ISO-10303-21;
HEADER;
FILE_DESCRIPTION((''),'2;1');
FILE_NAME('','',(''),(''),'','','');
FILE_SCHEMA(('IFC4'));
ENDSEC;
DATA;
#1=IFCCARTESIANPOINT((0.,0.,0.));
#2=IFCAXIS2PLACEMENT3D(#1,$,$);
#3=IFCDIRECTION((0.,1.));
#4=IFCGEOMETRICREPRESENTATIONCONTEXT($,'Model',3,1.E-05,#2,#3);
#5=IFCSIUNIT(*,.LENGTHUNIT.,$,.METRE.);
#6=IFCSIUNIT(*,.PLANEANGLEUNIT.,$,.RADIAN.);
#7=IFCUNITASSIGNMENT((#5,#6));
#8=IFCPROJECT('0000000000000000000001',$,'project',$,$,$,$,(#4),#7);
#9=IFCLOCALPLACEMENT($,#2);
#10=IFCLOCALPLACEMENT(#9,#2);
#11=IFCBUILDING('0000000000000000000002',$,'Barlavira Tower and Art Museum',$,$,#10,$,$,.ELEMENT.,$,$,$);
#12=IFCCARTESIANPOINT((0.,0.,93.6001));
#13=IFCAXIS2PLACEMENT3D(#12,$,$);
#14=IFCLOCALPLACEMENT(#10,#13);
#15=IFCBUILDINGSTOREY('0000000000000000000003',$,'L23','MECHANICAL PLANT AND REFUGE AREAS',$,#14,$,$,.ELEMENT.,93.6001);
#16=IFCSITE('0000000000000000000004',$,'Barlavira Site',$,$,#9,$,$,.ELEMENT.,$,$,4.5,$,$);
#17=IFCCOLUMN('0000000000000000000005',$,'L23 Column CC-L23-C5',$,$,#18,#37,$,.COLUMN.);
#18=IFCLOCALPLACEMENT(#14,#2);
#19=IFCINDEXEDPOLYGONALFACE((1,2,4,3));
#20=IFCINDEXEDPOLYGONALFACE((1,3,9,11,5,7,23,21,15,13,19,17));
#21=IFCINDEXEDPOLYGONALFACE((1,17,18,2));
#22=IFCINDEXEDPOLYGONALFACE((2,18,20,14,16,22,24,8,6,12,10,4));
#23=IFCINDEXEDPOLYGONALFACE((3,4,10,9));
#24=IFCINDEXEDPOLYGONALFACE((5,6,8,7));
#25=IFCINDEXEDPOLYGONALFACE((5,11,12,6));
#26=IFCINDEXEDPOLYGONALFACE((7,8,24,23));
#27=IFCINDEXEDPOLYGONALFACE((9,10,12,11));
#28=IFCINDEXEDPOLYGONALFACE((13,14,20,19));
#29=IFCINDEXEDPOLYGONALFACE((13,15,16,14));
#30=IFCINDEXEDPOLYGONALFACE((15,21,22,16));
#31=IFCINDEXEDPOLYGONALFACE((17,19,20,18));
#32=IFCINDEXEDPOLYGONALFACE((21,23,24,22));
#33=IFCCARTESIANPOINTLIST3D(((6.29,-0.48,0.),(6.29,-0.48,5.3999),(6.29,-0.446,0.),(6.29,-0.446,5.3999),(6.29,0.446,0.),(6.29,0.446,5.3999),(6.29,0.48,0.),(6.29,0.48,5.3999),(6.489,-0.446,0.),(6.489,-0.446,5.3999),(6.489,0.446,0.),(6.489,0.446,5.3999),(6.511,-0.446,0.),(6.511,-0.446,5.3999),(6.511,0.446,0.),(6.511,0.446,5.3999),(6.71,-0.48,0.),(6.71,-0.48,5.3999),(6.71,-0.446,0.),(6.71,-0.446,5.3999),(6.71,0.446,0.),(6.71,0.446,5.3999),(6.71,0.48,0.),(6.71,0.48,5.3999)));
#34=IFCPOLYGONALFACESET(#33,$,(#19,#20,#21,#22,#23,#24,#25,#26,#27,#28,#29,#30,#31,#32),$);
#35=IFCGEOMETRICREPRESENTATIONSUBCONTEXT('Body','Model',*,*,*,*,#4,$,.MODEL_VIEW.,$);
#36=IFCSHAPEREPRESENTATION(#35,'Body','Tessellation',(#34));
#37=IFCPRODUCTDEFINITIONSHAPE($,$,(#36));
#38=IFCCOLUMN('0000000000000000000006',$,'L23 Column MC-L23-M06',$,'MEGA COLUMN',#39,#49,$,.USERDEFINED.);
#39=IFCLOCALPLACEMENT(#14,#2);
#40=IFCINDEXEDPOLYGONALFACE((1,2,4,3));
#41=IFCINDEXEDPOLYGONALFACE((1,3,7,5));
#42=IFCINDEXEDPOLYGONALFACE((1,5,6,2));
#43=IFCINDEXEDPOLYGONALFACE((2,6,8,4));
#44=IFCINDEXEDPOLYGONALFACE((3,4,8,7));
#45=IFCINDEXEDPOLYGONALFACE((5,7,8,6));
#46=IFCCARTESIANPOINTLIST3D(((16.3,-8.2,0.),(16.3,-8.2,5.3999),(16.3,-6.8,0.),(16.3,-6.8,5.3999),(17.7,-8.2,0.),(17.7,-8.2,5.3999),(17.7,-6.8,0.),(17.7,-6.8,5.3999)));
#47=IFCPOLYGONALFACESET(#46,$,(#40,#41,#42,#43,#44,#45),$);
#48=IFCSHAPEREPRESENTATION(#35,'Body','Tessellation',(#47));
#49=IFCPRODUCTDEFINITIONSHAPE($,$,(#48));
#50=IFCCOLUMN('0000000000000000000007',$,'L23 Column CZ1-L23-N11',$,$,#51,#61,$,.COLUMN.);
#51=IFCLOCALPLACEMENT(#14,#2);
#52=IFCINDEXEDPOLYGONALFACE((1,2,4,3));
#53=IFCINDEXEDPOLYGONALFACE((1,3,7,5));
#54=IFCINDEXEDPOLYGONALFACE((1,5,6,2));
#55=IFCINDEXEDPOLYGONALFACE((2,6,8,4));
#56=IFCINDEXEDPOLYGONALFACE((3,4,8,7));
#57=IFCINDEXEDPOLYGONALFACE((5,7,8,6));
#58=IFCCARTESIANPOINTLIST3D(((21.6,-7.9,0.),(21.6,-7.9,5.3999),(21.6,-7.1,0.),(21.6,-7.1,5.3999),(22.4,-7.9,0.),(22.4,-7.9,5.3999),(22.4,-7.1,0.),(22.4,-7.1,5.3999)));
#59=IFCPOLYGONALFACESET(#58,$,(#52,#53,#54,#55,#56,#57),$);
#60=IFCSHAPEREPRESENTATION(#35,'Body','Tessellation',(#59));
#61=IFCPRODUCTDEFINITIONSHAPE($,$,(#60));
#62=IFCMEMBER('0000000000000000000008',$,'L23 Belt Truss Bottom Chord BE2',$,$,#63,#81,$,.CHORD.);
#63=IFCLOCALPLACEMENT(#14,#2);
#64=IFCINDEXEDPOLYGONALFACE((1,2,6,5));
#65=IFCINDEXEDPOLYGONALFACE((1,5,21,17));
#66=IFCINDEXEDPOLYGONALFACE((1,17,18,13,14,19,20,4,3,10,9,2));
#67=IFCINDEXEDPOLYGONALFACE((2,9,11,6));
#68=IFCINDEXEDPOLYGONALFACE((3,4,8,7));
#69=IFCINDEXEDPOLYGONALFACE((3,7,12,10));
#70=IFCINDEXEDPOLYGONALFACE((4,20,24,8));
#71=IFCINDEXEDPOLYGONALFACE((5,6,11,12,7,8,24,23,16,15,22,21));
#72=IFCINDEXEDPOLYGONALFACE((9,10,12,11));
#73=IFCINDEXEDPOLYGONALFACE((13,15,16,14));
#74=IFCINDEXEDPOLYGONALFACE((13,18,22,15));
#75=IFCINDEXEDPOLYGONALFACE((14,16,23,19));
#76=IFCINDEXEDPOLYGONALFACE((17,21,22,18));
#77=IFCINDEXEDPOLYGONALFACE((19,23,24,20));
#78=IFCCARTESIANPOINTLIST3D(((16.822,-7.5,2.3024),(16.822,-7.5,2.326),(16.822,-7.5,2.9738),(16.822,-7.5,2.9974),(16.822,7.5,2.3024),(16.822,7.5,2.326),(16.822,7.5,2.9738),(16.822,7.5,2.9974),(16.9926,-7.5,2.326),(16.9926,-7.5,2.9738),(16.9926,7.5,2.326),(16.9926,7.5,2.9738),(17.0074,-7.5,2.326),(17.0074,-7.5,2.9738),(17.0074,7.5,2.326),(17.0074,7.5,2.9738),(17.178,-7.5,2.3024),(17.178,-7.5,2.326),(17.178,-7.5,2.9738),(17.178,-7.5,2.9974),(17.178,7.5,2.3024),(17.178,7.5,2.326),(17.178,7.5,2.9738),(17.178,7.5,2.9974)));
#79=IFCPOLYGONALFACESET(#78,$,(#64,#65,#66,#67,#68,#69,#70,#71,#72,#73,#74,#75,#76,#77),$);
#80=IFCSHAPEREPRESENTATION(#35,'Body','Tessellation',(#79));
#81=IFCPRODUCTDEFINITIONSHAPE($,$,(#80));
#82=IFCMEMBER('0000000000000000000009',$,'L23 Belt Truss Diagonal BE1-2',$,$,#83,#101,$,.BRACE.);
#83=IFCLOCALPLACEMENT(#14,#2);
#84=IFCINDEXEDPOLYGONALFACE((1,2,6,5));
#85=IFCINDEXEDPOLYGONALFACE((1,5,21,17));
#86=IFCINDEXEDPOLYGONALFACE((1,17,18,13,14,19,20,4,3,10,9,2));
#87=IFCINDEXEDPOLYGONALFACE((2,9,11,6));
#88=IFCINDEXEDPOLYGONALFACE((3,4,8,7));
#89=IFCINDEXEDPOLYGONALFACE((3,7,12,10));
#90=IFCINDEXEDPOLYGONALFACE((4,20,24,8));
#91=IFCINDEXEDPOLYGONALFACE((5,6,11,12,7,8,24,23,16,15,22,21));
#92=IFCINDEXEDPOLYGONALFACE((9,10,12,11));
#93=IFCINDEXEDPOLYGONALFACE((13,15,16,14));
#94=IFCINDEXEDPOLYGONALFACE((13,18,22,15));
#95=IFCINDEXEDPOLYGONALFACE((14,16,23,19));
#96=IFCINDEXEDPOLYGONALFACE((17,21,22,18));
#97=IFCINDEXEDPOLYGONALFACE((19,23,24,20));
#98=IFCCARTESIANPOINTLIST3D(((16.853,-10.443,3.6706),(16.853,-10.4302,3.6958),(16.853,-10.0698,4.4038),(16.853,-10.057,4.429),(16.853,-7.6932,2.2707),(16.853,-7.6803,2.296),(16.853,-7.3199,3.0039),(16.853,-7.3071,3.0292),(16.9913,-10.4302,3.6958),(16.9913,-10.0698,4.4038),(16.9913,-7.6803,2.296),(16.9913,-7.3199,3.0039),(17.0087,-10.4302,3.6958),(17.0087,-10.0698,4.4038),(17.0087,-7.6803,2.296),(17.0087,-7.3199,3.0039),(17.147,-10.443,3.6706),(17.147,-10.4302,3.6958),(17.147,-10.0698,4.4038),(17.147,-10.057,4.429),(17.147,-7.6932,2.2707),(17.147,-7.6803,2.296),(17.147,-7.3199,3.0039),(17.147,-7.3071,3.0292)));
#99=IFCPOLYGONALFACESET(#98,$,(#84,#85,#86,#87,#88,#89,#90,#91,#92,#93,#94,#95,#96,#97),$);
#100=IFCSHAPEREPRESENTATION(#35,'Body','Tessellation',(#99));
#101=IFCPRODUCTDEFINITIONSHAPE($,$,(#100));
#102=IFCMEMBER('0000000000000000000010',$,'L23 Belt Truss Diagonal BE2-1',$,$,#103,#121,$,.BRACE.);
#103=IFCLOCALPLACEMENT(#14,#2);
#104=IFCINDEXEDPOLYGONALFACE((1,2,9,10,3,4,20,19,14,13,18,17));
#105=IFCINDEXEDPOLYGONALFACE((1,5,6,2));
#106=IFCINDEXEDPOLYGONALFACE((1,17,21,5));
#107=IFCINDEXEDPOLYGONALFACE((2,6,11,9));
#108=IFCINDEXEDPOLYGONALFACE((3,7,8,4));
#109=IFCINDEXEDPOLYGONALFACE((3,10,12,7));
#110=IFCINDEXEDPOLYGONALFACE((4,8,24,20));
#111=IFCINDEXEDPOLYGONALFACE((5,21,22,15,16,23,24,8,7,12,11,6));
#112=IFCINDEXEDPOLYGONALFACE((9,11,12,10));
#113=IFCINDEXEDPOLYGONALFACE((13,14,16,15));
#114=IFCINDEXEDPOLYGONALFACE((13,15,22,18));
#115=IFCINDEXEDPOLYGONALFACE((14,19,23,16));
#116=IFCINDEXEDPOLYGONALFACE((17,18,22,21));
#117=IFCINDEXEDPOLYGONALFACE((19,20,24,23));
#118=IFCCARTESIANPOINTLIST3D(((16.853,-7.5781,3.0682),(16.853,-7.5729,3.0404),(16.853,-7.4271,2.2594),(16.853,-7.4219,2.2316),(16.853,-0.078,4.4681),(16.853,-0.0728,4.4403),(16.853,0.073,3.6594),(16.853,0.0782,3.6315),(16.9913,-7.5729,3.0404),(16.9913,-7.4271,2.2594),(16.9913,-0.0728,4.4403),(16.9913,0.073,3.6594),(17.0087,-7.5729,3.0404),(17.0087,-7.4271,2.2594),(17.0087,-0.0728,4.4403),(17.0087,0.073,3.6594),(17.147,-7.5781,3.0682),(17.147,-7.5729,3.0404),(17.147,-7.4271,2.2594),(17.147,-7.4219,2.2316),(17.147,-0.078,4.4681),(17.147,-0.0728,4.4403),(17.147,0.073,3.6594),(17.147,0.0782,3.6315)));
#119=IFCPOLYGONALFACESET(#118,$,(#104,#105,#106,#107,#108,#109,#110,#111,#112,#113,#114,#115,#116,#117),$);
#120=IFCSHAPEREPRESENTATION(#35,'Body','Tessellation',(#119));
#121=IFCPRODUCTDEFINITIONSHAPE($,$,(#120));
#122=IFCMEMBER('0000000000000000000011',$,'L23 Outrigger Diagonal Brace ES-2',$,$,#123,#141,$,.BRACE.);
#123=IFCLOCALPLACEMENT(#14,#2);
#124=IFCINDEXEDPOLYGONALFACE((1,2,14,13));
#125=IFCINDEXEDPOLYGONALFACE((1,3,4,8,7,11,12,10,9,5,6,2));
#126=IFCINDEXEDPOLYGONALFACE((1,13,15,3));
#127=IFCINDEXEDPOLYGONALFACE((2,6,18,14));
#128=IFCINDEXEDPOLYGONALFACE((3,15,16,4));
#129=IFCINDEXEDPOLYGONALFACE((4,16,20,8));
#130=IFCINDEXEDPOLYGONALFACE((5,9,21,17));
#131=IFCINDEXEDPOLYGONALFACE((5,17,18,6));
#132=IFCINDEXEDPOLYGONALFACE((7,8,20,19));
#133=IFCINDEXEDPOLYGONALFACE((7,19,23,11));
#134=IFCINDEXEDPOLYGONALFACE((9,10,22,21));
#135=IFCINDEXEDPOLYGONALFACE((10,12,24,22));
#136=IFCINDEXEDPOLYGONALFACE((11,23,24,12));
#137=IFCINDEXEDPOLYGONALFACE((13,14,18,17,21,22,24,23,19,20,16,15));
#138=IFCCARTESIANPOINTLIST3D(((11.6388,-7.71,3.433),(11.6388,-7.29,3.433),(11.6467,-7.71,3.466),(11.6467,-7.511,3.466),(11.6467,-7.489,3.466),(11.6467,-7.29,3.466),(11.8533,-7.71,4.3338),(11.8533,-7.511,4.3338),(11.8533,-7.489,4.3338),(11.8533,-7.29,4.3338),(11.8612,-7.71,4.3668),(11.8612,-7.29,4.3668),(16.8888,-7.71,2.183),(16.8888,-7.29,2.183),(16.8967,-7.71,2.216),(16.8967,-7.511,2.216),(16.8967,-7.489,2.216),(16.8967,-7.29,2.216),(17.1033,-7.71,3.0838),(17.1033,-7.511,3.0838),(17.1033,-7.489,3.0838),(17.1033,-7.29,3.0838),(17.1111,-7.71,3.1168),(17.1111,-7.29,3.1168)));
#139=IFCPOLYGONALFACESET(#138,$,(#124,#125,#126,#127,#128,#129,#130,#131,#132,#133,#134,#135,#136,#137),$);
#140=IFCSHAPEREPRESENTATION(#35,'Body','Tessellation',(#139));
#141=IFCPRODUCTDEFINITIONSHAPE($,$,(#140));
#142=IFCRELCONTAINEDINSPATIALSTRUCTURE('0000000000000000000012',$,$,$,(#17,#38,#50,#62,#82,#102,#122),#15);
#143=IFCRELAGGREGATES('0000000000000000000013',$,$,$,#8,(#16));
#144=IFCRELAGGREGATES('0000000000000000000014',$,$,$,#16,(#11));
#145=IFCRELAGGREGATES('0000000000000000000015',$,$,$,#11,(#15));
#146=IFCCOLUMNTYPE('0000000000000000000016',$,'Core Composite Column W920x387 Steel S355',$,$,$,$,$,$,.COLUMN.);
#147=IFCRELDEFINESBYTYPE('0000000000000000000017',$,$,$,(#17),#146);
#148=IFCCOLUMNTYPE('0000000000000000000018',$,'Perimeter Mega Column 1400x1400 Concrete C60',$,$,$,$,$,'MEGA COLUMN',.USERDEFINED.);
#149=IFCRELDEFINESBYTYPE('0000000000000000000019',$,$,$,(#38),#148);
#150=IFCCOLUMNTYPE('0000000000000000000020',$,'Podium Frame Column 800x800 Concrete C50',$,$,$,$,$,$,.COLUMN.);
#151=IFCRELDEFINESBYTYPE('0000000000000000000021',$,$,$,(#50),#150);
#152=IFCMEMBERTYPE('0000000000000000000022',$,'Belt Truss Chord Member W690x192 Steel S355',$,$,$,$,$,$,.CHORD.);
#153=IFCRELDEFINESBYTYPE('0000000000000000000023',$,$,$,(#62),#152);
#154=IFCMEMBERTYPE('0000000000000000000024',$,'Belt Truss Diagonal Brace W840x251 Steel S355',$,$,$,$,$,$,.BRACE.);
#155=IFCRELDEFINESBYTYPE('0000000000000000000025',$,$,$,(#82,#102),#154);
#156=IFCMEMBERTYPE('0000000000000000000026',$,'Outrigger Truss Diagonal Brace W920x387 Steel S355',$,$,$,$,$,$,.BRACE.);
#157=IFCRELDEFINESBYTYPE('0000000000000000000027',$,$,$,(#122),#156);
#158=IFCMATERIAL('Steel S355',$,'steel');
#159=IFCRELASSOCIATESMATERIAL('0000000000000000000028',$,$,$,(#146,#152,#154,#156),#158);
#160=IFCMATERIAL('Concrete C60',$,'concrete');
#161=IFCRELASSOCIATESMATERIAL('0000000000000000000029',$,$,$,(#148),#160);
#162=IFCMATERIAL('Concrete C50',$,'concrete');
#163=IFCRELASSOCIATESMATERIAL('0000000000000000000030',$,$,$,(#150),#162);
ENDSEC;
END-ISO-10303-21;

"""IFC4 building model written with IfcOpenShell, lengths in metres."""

from ifc_helpers import new_model, si_unit, direction, frame, origin, origin_2d, place, context, subcontext, project, spatial, rectangle, i_section, extrude, material, material_profile, profile_set, type_object, element, save


model = new_model("IFC4")

# Units and contexts
model_context = context("Model", 3, precision=1e-05, world=origin(), true_north=direction((0.0, 1.0)))
body_context = subcontext(model_context, "Body", "Model", "MODEL_VIEW")
ifc_project = project(units=[si_unit("LENGTHUNIT", "METRE"), si_unit("PLANEANGLEUNIT", "RADIAN")], contexts=[model_context])

# Site, building, storey
site_placement = place(None, origin())
site = spatial("IfcSite", under=ifc_project, at=site_placement, Name="Barlavira Site", CompositionType="ELEMENT", RefElevation=4.5)
building_placement = place(site_placement, origin())
building = spatial("IfcBuilding", under=site, at=building_placement, Name="Barlavira Tower and Art Museum", CompositionType="ELEMENT")
storey_placement = place(building_placement, frame((0.0, 0.0, 93.6001)))
storey = spatial("IfcBuildingStorey", under=building, at=storey_placement, Name="L23", Description="MECHANICAL PLANT AND REFUGE AREAS", CompositionType="ELEMENT", Elevation=93.6001)

# Columns
ifc_material_1 = material(Name="Steel S355", Category="steel")
ifc_material_profile_1 = material_profile(ifc_material_1, i_section(OverallWidth=0.4199, OverallDepth=0.96, WebThickness=0.022, FlangeThickness=0.0339, at=origin_2d()), Name="W920x387.0")
ifc_profile_set_1 = profile_set([ifc_material_profile_1], Name="Steel S355")
column_type_1 = type_object("IfcColumnType", Name="Core Composite Column W920x387 Steel S355", PredefinedType="COLUMN", material=ifc_profile_set_1)
column_1_placement = place(storey_placement, frame((6.5, 0.0, 0.0), z_axis=(0.0, 0.0, 1.0), x_axis=(1.0, 0.0, 0.0)))
element("IfcColumn", 1, at=column_1_placement, inside=storey, type_object=column_type_1, Name="L23 Column CC-L23-C5", PredefinedType="COLUMN", context=body_context, shape_type="SweptSolid", body=[
    extrude(i_section(OverallWidth=0.4199, OverallDepth=0.96, WebThickness=0.022, FlangeThickness=0.0339, at=origin_2d()), origin(), (0.0, 0.0, 1.0), 5.3999),
])
ifc_material_2 = material(Name="Concrete C60", Category="concrete")
ifc_material_profile_2 = material_profile(ifc_material_2, rectangle(XDim=1.3999, YDim=1.3999, at=origin_2d()), Name="RC-MCOL 1400x1400")
ifc_profile_set_2 = profile_set([ifc_material_profile_2], Name="Concrete C60")
column_type_2 = type_object("IfcColumnType", Name="Perimeter Mega Column 1400x1400 Concrete C60", ElementType="MEGA COLUMN", PredefinedType="USERDEFINED", material=ifc_profile_set_2)
column_2_placement = place(storey_placement, frame((17.0, -7.5, 0.0), z_axis=(0.0, 0.0, 1.0), x_axis=(1.0, 0.0, 0.0)))
element("IfcColumn", 2, at=column_2_placement, inside=storey, type_object=column_type_2, Name="L23 Column MC-L23-M06", ObjectType="MEGA COLUMN", PredefinedType="USERDEFINED", context=body_context, shape_type="SweptSolid", body=[
    extrude(rectangle(XDim=1.3999, YDim=1.3999, at=origin_2d()), origin(), (0.0, 0.0, 1.0), 5.3999),
])
ifc_material_3 = material(Name="Concrete C50", Category="concrete")
ifc_material_profile_3 = material_profile(ifc_material_3, rectangle(XDim=0.8, YDim=0.8, at=origin_2d()), Name="RC-COL 800x800")
ifc_profile_set_3 = profile_set([ifc_material_profile_3], Name="Concrete C50")
column_type_3 = type_object("IfcColumnType", Name="Podium Frame Column 800x800 Concrete C50", PredefinedType="COLUMN", material=ifc_profile_set_3)
column_3_placement = place(storey_placement, frame((22.0, -7.5, 0.0), z_axis=(0.0, 0.0, 1.0), x_axis=(1.0, 0.0, 0.0)))
element("IfcColumn", 3, at=column_3_placement, inside=storey, type_object=column_type_3, Name="L23 Column CZ1-L23-N11", PredefinedType="COLUMN", context=body_context, shape_type="SweptSolid", body=[
    extrude(rectangle(XDim=0.8, YDim=0.8, at=origin_2d()), origin(), (0.0, 0.0, 1.0), 5.3999),
])

# Members
ifc_material_profile_4 = material_profile(ifc_material_1, i_section(OverallWidth=0.356, OverallDepth=0.6951, WebThickness=0.0149, FlangeThickness=0.0237, at=origin_2d()), Name="W690x192.0")
ifc_profile_set_4 = profile_set([ifc_material_profile_4], Name="Steel S355")
member_type_1 = type_object("IfcMemberType", Name="Belt Truss Chord Member W690x192 Steel S355", PredefinedType="CHORD", material=ifc_profile_set_4)
member_1_placement = place(storey_placement, frame((17.0, -7.5, 2.6499), z_axis=(0.0, 1.0, 0.0), x_axis=(-1.0, 0.0, 0.0)))
element("IfcMember", 4, at=member_1_placement, inside=storey, type_object=member_type_1, Name="L23 Belt Truss Bottom Chord BE2", PredefinedType="CHORD", context=body_context, shape_type="SweptSolid", body=[
    extrude(i_section(OverallWidth=0.356, OverallDepth=0.6951, WebThickness=0.0149, FlangeThickness=0.0237, at=origin_2d()), origin(), (0.0, 0.0, 1.0), 15.0),
])
ifc_material_profile_5 = material_profile(ifc_material_1, i_section(OverallWidth=0.2939, OverallDepth=0.8511, WebThickness=0.0173, FlangeThickness=0.0283, at=origin_2d()), Name="W840x251.0")
ifc_profile_set_5 = profile_set([ifc_material_profile_5], Name="Steel S355")
member_type_2 = type_object("IfcMemberType", Name="Belt Truss Diagonal Brace W840x251 Steel S355", PredefinedType="BRACE", material=ifc_profile_set_5)
member_2_placement = place(storey_placement, frame((17.0, -10.25, 4.0498), z_axis=(0.0, 0.891176, -0.453658), x_axis=(-1.0, 0.0, 0.0)))
element("IfcMember", 5, at=member_2_placement, inside=storey, type_object=member_type_2, Name="L23 Belt Truss Diagonal BE1-2", PredefinedType="BRACE", context=body_context, shape_type="SweptSolid", body=[
    extrude(i_section(OverallWidth=0.2939, OverallDepth=0.8511, WebThickness=0.0173, FlangeThickness=0.0283, at=origin_2d()), origin(), (0.0, 0.0, 1.0), 3.0857),
])
member_3_placement = place(storey_placement, frame((17.0, -7.5, 2.6499), z_axis=(0.0, 0.983023, 0.183485), x_axis=(-1.0, 0.0, 0.0)))
element("IfcMember", 6, at=member_3_placement, inside=storey, type_object=member_type_2, Name="L23 Belt Truss Diagonal BE2-1", PredefinedType="BRACE", context=body_context, shape_type="SweptSolid", body=[
    extrude(i_section(OverallWidth=0.2939, OverallDepth=0.8511, WebThickness=0.0173, FlangeThickness=0.0283, at=origin_2d()), origin(), (0.0, 0.0, 1.0), 7.6296),
])
ifc_material_profile_6 = material_profile(ifc_material_1, i_section(OverallWidth=0.4199, OverallDepth=0.96, WebThickness=0.022, FlangeThickness=0.0339, at=origin_2d()), Name="W920x387.0")
ifc_profile_set_6 = profile_set([ifc_material_profile_6], Name="Steel S355")
member_type_3 = type_object("IfcMemberType", Name="Outrigger Truss Diagonal Brace W920x387 Steel S355", PredefinedType="BRACE", material=ifc_profile_set_6)
member_4_placement = place(storey_placement, frame((11.75, -7.5, 3.8999), z_axis=(0.972806, 0.0, -0.231621), x_axis=(0.0, 1.0, 0.0)))
element("IfcMember", 7, at=member_4_placement, inside=storey, type_object=member_type_3, Name="L23 Outrigger Diagonal Brace ES-2", PredefinedType="BRACE", context=body_context, shape_type="SweptSolid", body=[
    extrude(i_section(OverallWidth=0.4199, OverallDepth=0.96, WebThickness=0.022, FlangeThickness=0.0339, at=origin_2d()), origin(), (0.0, 0.0, 1.0), 5.3967),
])

save(model, "model.ifc")
